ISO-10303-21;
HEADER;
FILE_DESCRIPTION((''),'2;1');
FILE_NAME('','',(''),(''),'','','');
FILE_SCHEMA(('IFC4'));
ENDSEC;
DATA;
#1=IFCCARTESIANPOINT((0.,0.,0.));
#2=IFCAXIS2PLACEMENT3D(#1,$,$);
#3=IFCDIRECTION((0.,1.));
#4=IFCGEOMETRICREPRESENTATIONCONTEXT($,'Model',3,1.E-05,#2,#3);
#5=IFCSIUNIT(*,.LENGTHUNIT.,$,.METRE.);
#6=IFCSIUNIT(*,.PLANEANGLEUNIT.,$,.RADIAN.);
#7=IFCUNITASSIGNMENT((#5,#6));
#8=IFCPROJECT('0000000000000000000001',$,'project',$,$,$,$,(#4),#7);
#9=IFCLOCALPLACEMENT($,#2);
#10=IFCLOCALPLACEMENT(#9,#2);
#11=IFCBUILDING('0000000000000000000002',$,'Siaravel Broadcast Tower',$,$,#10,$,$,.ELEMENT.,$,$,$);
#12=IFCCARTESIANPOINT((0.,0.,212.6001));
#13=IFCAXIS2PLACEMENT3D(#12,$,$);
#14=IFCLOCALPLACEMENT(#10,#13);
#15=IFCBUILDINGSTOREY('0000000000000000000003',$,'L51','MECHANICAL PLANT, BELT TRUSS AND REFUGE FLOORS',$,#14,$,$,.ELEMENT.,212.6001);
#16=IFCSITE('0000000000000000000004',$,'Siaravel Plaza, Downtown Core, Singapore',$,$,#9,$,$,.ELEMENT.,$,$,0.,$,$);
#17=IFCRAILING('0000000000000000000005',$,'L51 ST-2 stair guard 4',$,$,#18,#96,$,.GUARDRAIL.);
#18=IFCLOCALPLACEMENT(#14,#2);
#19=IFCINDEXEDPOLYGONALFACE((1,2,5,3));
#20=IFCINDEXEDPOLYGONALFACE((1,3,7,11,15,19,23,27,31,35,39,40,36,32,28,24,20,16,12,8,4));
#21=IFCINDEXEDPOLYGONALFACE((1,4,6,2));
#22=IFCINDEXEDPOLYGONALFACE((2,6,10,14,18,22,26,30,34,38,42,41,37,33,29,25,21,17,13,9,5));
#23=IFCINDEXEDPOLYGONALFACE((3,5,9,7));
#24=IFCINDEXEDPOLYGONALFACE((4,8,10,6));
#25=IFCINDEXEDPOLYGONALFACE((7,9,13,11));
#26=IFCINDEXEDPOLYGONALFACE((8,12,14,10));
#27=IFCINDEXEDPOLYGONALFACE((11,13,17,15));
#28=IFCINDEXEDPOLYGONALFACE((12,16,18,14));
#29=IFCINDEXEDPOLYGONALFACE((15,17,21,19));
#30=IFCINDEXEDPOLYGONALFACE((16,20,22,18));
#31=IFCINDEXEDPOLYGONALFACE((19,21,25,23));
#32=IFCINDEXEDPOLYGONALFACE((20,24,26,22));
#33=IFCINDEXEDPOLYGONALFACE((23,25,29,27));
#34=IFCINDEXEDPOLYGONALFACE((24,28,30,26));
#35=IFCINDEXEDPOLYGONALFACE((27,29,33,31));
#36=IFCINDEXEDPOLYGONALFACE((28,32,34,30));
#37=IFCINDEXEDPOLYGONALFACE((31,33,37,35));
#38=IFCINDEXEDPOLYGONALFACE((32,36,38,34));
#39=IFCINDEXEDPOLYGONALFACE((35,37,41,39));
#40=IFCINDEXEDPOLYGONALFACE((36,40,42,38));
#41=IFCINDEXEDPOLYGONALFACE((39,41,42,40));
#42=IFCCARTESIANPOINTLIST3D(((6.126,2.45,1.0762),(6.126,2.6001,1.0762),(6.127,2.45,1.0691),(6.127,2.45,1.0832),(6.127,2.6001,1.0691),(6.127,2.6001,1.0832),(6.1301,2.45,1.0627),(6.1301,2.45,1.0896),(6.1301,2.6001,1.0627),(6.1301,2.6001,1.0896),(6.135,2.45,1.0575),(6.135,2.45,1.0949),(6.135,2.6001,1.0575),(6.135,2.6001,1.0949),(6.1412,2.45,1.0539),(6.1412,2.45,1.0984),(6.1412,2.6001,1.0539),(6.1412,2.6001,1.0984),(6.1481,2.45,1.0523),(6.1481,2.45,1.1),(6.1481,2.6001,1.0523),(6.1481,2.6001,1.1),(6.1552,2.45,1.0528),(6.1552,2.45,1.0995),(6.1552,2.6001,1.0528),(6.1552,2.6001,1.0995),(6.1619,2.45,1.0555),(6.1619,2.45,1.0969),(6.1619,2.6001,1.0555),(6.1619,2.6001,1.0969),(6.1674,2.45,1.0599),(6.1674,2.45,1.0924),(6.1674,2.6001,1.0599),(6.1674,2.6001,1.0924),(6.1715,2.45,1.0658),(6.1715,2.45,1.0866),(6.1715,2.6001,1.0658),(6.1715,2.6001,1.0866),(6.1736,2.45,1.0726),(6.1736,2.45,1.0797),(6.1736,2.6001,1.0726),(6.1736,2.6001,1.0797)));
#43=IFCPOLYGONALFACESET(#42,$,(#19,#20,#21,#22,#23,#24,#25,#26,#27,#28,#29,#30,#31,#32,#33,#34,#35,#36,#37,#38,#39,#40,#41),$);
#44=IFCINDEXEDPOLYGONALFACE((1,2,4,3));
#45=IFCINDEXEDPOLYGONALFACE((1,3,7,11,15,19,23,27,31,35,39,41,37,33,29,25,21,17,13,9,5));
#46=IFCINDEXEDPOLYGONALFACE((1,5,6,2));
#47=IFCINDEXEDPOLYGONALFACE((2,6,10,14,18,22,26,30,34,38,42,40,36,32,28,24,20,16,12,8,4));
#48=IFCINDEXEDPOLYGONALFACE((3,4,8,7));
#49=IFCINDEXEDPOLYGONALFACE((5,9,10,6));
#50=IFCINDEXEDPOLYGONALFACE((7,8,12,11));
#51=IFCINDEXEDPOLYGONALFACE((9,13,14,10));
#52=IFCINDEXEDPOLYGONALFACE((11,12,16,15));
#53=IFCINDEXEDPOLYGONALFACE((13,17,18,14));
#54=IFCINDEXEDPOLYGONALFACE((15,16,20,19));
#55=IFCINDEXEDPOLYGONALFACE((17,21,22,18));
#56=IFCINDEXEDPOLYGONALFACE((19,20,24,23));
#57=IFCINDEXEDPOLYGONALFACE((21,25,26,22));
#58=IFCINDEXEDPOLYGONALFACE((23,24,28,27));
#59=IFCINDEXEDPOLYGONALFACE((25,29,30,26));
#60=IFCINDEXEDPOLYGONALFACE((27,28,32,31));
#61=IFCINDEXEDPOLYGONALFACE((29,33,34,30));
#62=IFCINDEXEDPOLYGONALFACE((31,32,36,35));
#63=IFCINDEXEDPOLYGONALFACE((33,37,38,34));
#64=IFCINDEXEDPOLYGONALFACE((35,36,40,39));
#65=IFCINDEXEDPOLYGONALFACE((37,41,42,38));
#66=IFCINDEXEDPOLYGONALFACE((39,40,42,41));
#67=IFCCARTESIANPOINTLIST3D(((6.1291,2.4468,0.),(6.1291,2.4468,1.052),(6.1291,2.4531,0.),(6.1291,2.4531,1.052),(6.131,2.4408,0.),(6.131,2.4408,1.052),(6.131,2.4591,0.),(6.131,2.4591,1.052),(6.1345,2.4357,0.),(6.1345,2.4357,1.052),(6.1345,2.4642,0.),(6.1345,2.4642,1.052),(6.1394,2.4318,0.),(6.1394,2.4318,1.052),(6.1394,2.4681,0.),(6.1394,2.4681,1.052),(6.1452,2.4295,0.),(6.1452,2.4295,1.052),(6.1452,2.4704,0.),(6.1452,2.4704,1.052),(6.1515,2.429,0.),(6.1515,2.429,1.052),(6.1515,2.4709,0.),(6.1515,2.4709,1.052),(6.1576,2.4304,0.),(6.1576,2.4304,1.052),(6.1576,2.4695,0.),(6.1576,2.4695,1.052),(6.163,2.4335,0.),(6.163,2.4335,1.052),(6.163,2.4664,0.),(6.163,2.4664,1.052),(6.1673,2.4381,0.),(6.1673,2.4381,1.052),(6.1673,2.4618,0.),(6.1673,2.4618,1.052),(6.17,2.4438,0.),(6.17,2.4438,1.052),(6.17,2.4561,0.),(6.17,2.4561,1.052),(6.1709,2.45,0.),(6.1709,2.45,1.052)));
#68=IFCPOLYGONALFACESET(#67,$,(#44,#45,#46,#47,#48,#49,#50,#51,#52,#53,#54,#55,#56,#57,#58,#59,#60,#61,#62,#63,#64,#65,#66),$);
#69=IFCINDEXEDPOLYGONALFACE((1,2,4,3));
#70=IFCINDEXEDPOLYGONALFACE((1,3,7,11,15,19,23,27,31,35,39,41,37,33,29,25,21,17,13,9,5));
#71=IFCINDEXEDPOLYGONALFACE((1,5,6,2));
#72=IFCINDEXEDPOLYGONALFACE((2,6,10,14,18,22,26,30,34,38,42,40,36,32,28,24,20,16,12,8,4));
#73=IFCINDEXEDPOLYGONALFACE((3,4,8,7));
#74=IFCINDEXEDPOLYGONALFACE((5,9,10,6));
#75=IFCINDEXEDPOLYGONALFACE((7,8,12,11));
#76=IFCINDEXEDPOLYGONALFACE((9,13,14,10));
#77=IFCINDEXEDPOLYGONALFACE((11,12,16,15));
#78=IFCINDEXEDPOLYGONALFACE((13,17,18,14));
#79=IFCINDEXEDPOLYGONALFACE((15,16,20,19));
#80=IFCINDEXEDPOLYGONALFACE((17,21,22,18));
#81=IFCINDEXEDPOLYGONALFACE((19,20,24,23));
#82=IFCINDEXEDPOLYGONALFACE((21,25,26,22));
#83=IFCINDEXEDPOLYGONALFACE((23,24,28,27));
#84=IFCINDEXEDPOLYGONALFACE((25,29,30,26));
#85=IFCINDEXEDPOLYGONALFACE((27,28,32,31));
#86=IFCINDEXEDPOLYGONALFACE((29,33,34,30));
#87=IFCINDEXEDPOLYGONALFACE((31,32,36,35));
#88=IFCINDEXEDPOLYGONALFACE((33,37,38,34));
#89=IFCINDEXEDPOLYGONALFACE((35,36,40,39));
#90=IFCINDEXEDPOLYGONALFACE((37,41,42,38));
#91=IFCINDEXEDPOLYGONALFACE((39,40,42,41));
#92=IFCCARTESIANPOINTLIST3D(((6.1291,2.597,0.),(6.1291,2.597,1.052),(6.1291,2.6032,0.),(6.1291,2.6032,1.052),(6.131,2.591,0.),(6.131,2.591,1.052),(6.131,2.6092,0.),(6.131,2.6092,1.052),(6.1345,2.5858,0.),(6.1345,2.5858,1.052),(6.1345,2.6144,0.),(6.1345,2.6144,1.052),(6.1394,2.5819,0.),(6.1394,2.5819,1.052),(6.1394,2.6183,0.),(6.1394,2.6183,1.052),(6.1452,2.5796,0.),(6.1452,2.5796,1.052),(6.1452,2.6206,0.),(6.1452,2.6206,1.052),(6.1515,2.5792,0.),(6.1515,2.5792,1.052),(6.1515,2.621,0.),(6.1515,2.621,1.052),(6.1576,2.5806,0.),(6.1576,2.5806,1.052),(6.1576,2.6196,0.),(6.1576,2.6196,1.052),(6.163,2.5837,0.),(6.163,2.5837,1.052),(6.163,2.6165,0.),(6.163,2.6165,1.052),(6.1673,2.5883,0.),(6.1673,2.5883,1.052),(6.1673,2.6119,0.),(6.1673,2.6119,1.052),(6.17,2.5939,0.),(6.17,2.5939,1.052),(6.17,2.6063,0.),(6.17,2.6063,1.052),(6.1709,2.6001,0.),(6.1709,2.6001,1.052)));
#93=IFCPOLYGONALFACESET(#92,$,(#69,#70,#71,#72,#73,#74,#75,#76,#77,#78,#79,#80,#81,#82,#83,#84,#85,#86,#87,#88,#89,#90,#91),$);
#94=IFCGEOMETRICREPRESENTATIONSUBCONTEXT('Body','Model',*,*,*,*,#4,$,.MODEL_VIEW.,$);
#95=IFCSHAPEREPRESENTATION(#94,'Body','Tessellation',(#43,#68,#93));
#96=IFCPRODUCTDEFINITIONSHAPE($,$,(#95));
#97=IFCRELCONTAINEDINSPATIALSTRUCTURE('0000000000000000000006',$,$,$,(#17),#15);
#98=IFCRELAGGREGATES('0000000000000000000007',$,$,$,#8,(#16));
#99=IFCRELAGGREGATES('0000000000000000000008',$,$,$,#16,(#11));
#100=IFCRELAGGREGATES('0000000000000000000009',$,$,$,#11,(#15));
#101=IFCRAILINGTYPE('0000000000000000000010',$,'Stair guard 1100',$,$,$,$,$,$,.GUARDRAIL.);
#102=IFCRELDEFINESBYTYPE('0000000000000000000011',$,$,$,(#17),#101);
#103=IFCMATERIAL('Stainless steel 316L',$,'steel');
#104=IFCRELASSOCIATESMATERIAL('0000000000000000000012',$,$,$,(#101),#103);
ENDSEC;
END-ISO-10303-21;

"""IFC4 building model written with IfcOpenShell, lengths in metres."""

from ifc_helpers import new_model, si_unit, direction, frame, origin, origin_2d, place, context, subcontext, project, spatial, circle, extrude, material, type_object, element, save


model = new_model("IFC4")

# Units and contexts
model_context = context("Model", 3, precision=1e-05, world=origin(), true_north=direction((0.0, 1.0)))
body_context = subcontext(model_context, "Body", "Model", "MODEL_VIEW")
ifc_project = project(units=[si_unit("LENGTHUNIT", "METRE"), si_unit("PLANEANGLEUNIT", "RADIAN")], contexts=[model_context])

# Site, building, storey
site_placement = place(None, origin())
site = spatial("IfcSite", under=ifc_project, at=site_placement, Name="Siaravel Plaza, Downtown Core, Singapore", CompositionType="ELEMENT", RefElevation=0.0)
building_placement = place(site_placement, origin())
building = spatial("IfcBuilding", under=site, at=building_placement, Name="Siaravel Broadcast Tower", CompositionType="ELEMENT")
storey_placement = place(building_placement, frame((0.0, 0.0, 212.6001)))
storey = spatial("IfcBuildingStorey", under=building, at=storey_placement, Name="L51", Description="MECHANICAL PLANT, BELT TRUSS AND REFUGE FLOORS", CompositionType="ELEMENT", Elevation=212.6001)

# Railing
ifc_material_1 = material(Name="Stainless steel 316L", Category="steel")
railing_type_1 = type_object("IfcRailingType", Name="Stair guard 1100", PredefinedType="GUARDRAIL", material=ifc_material_1)
railing_1_placement = place(storey_placement, frame((6.1499, 2.45, 0.0)))
element("IfcRailing", 1, at=railing_1_placement, inside=storey, type_object=railing_type_1, Name="L51 ST-2 stair guard 4", PredefinedType="GUARDRAIL", context=body_context, shape_type="SweptSolid", body=[
    extrude(circle(Radius=0.0239, at=origin_2d()), frame((0.0, 0.0, 1.0762), z_axis=(0.0, 1.0, 0.0), x_axis=(-1.0, 0.0, 0.0)), (0.0, 0.0, 1.0), 0.1501),
    extrude(circle(Radius=0.021, at=origin_2d()), origin(), (0.0, 0.0, 1.0), 1.052),
    extrude(circle(Radius=0.021, at=origin_2d()), frame((0.0, 0.1501, 0.0)), (0.0, 0.0, 1.0), 1.052),
])

save(model, "model.ifc")
